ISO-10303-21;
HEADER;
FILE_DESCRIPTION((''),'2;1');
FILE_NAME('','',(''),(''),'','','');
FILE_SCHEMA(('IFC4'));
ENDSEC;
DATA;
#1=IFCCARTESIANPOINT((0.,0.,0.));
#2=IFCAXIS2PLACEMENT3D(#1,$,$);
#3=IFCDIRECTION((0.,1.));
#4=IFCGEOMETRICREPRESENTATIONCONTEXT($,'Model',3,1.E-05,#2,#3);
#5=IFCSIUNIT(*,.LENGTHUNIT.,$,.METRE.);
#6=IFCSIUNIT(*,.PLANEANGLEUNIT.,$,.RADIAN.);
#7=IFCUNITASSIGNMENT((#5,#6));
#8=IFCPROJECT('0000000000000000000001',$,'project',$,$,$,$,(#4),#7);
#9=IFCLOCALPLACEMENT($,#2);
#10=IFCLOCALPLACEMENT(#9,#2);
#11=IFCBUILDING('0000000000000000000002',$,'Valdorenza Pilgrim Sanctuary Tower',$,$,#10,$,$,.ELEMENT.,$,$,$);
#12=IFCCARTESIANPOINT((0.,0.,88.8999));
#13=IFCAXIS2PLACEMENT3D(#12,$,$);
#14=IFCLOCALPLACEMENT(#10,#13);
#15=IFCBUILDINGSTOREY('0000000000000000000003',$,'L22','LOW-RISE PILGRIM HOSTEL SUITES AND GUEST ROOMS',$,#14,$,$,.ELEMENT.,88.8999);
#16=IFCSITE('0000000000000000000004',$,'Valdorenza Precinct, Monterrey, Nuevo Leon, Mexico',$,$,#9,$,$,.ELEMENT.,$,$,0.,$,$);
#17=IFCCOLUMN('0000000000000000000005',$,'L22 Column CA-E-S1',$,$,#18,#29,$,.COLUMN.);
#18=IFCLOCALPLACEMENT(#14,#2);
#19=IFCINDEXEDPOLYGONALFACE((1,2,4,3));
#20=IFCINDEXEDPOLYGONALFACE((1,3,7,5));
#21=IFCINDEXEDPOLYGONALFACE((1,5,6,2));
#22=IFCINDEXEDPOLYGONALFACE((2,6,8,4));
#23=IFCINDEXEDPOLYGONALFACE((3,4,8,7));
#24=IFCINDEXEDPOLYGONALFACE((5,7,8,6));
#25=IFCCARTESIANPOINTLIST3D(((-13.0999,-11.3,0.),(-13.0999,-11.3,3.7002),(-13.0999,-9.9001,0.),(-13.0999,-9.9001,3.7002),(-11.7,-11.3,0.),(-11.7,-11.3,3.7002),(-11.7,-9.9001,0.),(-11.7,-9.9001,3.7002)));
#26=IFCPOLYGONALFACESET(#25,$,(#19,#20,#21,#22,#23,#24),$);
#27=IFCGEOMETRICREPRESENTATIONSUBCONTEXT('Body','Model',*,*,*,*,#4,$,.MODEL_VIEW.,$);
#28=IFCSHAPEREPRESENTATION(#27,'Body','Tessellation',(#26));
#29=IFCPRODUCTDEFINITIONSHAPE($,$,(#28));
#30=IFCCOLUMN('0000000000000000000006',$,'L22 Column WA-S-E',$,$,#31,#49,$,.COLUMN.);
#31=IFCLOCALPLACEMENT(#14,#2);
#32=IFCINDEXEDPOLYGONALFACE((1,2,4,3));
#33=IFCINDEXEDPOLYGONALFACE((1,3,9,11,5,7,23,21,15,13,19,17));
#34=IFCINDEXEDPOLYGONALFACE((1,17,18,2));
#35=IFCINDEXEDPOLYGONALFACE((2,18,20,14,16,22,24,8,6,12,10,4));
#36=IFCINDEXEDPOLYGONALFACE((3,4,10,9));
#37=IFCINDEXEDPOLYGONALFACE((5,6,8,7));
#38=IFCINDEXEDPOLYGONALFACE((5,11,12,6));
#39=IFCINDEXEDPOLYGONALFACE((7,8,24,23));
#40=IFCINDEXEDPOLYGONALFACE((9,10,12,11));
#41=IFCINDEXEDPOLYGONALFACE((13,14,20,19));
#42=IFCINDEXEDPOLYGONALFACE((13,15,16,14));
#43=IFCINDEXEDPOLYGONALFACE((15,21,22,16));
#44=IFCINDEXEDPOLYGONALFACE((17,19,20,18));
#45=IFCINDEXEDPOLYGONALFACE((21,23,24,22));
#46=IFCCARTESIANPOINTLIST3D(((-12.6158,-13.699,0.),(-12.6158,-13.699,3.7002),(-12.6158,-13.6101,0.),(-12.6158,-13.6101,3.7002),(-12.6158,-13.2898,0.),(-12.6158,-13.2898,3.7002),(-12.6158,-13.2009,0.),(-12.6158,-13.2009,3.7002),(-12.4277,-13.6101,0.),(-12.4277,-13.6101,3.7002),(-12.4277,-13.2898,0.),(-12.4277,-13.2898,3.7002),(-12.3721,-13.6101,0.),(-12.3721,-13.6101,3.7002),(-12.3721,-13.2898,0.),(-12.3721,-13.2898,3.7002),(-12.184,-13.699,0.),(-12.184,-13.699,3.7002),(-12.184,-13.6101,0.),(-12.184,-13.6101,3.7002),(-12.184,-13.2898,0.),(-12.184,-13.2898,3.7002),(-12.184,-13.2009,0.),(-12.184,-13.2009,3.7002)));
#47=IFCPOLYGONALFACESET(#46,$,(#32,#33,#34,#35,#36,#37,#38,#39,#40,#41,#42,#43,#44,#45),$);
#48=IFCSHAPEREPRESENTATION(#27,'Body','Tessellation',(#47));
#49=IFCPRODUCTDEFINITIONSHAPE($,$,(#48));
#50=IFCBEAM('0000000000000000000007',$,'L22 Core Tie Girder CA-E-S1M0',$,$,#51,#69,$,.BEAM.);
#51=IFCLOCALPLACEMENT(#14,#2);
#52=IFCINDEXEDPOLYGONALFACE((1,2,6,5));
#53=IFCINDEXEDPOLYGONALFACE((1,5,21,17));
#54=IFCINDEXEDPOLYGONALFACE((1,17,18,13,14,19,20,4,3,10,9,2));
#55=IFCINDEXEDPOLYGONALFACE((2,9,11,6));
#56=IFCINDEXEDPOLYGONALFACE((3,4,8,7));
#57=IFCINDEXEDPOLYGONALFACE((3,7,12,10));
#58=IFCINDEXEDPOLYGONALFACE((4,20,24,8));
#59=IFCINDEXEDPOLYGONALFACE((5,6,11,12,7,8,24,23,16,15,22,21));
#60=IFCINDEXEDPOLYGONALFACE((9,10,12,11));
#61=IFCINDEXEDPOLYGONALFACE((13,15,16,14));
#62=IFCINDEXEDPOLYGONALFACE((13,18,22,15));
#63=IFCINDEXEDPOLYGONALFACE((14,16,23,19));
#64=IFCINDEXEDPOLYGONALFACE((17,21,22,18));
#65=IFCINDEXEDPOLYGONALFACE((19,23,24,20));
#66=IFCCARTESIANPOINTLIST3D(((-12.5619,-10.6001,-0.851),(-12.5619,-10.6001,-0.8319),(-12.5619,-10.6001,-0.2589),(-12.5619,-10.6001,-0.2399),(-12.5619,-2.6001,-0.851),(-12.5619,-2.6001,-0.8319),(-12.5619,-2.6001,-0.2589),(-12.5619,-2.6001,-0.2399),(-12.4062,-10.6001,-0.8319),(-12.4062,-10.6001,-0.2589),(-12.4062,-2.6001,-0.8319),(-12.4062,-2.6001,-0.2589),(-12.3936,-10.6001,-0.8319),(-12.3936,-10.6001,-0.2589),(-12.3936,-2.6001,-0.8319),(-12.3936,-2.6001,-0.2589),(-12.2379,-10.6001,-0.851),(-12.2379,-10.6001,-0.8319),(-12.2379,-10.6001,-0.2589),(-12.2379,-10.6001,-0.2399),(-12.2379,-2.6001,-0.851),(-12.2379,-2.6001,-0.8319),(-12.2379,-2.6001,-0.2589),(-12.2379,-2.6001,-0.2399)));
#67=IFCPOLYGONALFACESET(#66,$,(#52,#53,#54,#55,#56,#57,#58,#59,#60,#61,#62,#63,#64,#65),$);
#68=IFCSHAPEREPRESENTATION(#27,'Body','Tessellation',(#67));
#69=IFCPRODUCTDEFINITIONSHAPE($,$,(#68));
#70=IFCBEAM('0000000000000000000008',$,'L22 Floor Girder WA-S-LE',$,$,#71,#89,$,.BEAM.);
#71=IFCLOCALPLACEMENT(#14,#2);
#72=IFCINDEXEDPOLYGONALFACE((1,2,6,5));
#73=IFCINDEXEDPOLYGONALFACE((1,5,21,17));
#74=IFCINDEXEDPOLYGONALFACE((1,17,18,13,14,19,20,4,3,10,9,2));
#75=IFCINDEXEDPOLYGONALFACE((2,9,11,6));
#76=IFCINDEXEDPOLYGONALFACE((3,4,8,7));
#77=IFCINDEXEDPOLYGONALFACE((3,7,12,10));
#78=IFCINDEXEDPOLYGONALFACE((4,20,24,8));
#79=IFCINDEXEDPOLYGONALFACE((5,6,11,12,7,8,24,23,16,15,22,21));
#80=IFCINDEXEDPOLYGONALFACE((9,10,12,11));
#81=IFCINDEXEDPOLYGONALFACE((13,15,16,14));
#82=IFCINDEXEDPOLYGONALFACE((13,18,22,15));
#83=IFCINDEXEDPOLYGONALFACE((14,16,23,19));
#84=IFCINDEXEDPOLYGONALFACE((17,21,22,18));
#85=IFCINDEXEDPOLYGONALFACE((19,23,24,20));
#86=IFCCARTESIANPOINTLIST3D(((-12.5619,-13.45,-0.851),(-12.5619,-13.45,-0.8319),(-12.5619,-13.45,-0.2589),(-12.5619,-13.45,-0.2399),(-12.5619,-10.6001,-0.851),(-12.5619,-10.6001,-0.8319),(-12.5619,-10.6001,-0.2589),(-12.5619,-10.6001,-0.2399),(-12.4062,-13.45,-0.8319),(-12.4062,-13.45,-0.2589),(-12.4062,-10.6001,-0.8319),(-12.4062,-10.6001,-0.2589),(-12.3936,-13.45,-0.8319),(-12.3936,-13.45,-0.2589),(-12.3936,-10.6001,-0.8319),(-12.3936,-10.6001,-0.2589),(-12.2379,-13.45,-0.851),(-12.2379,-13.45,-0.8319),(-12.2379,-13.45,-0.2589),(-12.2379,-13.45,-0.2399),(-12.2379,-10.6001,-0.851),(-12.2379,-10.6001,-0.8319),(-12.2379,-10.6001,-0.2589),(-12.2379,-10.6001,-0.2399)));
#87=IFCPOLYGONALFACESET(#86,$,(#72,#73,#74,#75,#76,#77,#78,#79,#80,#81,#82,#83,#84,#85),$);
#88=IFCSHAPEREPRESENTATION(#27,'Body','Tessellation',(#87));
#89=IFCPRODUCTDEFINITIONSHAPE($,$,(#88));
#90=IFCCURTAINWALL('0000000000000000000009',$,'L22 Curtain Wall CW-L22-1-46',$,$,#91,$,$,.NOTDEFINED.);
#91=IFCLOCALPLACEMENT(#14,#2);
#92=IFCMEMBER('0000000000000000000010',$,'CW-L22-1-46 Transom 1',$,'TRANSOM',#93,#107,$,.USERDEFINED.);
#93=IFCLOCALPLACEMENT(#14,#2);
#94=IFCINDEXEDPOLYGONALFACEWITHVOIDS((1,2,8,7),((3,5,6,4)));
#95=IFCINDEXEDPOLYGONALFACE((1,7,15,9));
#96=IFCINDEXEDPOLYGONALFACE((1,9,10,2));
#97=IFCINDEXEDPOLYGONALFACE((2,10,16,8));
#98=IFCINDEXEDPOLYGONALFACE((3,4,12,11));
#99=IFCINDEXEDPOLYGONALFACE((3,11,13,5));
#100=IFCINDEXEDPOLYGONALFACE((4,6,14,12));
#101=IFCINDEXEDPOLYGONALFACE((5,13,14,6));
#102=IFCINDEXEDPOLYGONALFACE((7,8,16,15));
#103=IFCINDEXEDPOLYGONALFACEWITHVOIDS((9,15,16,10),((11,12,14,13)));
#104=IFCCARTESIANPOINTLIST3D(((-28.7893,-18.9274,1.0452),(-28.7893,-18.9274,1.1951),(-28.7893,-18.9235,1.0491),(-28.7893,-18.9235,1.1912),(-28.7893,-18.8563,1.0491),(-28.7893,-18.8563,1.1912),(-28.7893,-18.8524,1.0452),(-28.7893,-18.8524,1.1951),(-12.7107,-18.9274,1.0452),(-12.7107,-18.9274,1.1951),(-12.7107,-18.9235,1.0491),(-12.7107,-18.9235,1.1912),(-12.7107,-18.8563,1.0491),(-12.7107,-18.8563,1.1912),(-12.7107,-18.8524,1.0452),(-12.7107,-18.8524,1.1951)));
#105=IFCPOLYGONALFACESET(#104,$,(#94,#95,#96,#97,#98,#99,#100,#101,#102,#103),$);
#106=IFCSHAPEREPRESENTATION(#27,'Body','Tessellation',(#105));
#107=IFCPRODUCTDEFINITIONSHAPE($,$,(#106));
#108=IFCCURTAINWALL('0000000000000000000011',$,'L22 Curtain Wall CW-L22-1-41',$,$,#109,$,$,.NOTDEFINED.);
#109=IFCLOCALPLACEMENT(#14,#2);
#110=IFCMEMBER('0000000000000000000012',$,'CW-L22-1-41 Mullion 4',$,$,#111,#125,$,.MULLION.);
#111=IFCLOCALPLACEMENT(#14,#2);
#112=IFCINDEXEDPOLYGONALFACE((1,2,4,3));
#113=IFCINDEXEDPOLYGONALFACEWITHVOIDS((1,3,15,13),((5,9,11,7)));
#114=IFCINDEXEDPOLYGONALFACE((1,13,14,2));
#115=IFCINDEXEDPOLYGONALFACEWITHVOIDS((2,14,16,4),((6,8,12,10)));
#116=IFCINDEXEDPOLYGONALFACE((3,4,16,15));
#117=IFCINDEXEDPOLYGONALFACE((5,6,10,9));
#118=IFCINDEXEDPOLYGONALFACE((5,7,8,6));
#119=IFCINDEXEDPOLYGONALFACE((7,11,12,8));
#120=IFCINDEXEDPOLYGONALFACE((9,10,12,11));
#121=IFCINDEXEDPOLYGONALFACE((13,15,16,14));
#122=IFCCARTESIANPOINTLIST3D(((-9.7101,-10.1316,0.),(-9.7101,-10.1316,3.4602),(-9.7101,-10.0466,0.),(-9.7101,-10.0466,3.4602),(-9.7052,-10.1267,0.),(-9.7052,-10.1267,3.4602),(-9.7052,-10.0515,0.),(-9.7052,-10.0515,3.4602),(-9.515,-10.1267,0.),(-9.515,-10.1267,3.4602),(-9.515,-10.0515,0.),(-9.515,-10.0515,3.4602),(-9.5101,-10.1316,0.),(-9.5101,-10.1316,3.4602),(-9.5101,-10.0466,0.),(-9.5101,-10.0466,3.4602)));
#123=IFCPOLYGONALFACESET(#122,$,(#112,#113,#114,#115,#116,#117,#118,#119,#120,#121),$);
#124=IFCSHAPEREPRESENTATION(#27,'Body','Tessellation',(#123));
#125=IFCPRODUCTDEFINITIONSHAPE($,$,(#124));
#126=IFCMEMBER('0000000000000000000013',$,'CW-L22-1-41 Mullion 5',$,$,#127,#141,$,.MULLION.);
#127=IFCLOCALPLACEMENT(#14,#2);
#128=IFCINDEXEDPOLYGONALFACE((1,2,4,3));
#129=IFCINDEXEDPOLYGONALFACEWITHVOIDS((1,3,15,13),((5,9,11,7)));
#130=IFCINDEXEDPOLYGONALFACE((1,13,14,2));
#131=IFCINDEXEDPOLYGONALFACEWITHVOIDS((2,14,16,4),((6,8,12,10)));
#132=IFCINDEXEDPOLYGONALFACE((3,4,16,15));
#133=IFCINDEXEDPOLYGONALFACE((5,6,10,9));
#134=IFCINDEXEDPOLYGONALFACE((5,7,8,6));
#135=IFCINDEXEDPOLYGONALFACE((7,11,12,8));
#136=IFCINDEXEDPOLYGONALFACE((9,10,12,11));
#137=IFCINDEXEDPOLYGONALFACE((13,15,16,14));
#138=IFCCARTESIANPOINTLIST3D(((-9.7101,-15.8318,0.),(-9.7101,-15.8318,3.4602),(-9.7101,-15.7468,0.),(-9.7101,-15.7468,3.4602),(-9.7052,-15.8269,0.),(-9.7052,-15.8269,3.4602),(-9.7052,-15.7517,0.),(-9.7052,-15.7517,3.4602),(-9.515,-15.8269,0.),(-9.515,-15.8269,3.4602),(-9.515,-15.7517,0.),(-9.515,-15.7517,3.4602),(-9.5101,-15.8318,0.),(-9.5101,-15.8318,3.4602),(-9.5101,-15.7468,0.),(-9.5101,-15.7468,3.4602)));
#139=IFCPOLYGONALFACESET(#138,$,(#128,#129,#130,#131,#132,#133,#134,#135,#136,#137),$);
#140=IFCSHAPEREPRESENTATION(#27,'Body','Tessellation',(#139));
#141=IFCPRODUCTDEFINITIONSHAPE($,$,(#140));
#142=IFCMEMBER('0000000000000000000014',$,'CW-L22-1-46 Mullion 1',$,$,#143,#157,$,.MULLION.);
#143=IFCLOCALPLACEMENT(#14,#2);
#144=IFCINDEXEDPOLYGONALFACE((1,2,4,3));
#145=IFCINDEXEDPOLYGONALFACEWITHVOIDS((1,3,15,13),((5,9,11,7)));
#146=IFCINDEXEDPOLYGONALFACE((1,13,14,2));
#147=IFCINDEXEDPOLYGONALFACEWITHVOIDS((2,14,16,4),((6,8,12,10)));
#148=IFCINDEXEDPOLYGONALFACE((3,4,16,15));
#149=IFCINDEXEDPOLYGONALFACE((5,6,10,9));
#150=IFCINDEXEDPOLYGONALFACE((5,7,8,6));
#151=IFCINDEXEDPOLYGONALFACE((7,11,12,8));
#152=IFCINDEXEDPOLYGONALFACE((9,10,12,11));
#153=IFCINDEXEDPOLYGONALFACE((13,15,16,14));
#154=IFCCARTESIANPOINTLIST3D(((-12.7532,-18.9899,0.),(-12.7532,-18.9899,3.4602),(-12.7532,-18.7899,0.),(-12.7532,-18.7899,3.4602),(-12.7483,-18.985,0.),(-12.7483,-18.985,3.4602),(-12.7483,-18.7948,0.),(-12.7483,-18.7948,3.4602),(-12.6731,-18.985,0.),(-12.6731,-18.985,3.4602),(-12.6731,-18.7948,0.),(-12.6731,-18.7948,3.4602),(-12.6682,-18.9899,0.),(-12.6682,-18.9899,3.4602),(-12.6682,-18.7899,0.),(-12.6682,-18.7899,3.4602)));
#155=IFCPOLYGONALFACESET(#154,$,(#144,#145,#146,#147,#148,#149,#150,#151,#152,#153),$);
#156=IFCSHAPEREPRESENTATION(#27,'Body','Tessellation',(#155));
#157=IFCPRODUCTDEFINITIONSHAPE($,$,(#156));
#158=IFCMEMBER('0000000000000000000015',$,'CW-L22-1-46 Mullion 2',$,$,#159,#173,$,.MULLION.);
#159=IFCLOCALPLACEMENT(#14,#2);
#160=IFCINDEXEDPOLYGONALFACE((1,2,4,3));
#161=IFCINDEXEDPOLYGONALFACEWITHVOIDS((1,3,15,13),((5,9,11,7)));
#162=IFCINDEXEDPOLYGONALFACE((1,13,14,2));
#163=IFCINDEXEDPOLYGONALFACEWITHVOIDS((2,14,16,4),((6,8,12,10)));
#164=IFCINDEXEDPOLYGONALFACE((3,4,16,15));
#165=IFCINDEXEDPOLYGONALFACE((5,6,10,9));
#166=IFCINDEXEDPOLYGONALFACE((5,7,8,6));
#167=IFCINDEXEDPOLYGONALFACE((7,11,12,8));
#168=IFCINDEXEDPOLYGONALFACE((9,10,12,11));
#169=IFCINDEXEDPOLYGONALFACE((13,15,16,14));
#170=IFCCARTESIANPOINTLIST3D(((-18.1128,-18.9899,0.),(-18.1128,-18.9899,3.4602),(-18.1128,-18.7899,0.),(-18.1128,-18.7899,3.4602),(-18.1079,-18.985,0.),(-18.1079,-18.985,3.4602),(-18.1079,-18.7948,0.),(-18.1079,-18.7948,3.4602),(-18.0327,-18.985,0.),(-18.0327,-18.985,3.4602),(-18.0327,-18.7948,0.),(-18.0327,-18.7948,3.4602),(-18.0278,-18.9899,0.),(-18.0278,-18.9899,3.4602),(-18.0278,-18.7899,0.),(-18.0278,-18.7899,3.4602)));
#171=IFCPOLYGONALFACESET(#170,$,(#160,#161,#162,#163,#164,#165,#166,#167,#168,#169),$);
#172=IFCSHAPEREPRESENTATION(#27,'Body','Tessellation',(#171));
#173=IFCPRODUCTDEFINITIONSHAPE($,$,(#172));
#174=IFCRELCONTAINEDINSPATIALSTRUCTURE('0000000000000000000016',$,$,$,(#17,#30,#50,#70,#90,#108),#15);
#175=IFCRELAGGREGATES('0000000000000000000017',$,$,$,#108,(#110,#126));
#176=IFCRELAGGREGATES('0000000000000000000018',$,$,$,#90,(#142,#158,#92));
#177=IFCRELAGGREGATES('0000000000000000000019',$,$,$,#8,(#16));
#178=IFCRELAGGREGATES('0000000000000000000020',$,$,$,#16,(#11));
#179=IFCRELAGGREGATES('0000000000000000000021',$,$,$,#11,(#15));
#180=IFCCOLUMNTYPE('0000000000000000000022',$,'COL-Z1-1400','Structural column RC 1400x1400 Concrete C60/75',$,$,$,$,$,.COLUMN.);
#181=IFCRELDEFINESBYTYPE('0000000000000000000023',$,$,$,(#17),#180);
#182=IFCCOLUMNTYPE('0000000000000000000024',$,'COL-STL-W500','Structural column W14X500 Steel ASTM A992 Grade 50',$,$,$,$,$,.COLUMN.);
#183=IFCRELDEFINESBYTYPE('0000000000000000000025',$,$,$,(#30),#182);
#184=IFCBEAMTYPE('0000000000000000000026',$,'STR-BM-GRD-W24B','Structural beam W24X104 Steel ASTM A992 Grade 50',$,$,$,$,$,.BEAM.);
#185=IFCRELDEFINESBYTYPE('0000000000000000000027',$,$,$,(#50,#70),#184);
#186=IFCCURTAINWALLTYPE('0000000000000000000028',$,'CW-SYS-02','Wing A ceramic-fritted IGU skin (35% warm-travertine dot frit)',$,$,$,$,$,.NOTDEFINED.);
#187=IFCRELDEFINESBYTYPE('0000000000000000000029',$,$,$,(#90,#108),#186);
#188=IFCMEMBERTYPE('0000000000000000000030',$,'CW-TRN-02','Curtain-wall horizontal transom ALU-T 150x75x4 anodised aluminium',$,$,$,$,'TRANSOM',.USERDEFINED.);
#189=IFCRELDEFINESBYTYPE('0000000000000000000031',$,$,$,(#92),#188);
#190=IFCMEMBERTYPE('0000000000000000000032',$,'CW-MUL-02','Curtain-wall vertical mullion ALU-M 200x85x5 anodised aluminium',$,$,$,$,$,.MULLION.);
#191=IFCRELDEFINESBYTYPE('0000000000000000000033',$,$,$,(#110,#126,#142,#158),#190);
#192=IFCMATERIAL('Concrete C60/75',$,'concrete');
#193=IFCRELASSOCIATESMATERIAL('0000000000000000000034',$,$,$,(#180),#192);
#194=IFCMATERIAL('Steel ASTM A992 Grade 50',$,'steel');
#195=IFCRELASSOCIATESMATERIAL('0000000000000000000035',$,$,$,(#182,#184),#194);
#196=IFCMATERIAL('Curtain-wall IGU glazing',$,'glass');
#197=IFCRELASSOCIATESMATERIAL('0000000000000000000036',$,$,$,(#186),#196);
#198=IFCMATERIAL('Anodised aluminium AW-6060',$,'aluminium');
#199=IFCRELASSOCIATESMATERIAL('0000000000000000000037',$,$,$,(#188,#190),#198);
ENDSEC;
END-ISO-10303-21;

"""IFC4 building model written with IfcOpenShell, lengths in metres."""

from ifc_helpers import new_model, si_unit, direction, frame, origin, origin_2d, place, context, subcontext, project, spatial, rectangle, hollow_rectangle, i_section, extrude, source, transform, mapped, material, material_profile, profile_set, type_object, element, aggregate, save


model = new_model("IFC4")

# Units and contexts
model_context = context("Model", 3, precision=1e-05, world=origin(), true_north=direction((0.0, 1.0)))
body_context = subcontext(model_context, "Body", "Model", "MODEL_VIEW")
ifc_project = project(units=[si_unit("LENGTHUNIT", "METRE"), si_unit("PLANEANGLEUNIT", "RADIAN")], contexts=[model_context])

# Site, building, storey
site_placement = place(None, origin())
site = spatial("IfcSite", under=ifc_project, at=site_placement, Name="Valdorenza Precinct, Monterrey, Nuevo Leon, Mexico", CompositionType="ELEMENT", RefElevation=0.0)
building_placement = place(site_placement, origin())
building = spatial("IfcBuilding", under=site, at=building_placement, Name="Valdorenza Pilgrim Sanctuary Tower", CompositionType="ELEMENT")
storey_placement = place(building_placement, frame((0.0, 0.0, 88.8999)))
storey = spatial("IfcBuildingStorey", under=building, at=storey_placement, Name="L22", Description="LOW-RISE PILGRIM HOSTEL SUITES AND GUEST ROOMS", CompositionType="ELEMENT", Elevation=88.8999)

# Columns
ifc_material_1 = material(Name="Concrete C60/75", Category="concrete")
ifc_material_profile_1 = material_profile(ifc_material_1, rectangle(XDim=1.3999, YDim=1.3999, at=origin_2d()), Name="RC 1400x1400")
ifc_profile_set_1 = profile_set([ifc_material_profile_1], Name="Concrete C60/75")
column_type_1 = type_object("IfcColumnType", Name="COL-Z1-1400", Description="Structural column RC 1400x1400 Concrete C60/75", PredefinedType="COLUMN", material=ifc_profile_set_1)
shared_shape_1 = source(origin(), body_context, "Body", "SweptSolid", [
    extrude(rectangle(XDim=1.3999, YDim=1.3999, at=origin_2d()), origin(), (0.0, 0.0, 1.0), 3.7002),
])
column_1_placement = place(storey_placement, frame((-12.3999, -10.6001, 0.0), z_axis=(0.0, 0.0, 1.0), x_axis=(1.0, 0.0, 0.0)))
element("IfcColumn", 1, at=column_1_placement, inside=storey, type_object=column_type_1, Name="L22 Column CA-E-S1", PredefinedType="COLUMN", context=body_context, shape_type="MappedRepresentation", body=[
    mapped(shared_shape_1, transform((0.0, 0.0, 0.0), x_axis=(1.0, 0.0, 0.0), y_axis=(0.0, 1.0, 0.0), z_axis=(0.0, 0.0, 1.0), scale=1.0)),
])
ifc_material_2 = material(Name="Steel ASTM A992 Grade 50", Category="steel")
ifc_material_profile_2 = material_profile(ifc_material_2, i_section(OverallWidth=0.4319, OverallDepth=0.498, WebThickness=0.0557, FlangeThickness=0.0889, at=origin_2d()), Name="W14X500")
ifc_profile_set_2 = profile_set([ifc_material_profile_2], Name="Steel ASTM A992 Grade 50")
column_type_2 = type_object("IfcColumnType", Name="COL-STL-W500", Description="Structural column W14X500 Steel ASTM A992 Grade 50", PredefinedType="COLUMN", material=ifc_profile_set_2)
shared_shape_2 = source(origin(), body_context, "Body", "SweptSolid", [
    extrude(i_section(OverallWidth=0.4319, OverallDepth=0.498, WebThickness=0.0557, FlangeThickness=0.0889, at=origin_2d()), origin(), (0.0, 0.0, 1.0), 3.7002),
])
column_2_placement = place(storey_placement, frame((-12.3999, -13.45, 0.0), z_axis=(0.0, 0.0, 1.0), x_axis=(1.0, 0.0, 0.0)))
element("IfcColumn", 2, at=column_2_placement, inside=storey, type_object=column_type_2, Name="L22 Column WA-S-E", PredefinedType="COLUMN", context=body_context, shape_type="MappedRepresentation", body=[
    mapped(shared_shape_2, transform((0.0, 0.0, 0.0), x_axis=(1.0, 0.0, 0.0), y_axis=(0.0, 1.0, 0.0), z_axis=(0.0, 0.0, 1.0), scale=1.0)),
])

# Beams
ifc_material_profile_3 = material_profile(ifc_material_2, i_section(OverallWidth=0.324, OverallDepth=0.6111, WebThickness=0.0127, FlangeThickness=0.019, at=origin_2d()), Name="W24X104")
ifc_profile_set_3 = profile_set([ifc_material_profile_3], Name="Steel ASTM A992 Grade 50")
beam_type = type_object("IfcBeamType", Name="STR-BM-GRD-W24B", Description="Structural beam W24X104 Steel ASTM A992 Grade 50", PredefinedType="BEAM", material=ifc_profile_set_3)
shared_shape_3 = source(origin(), body_context, "Body", "SweptSolid", [
    extrude(i_section(OverallWidth=0.324, OverallDepth=0.6111, WebThickness=0.0127, FlangeThickness=0.019, at=origin_2d()), origin(), (0.0, 0.0, 1.0), 8.0),
])
beam_1_placement = place(storey_placement, frame((-12.3999, -10.6001, -0.5454), z_axis=(0.0, 1.0, 0.0), x_axis=(-1.0, 0.0, 0.0)))
element("IfcBeam", 3, at=beam_1_placement, inside=storey, type_object=beam_type, Name="L22 Core Tie Girder CA-E-S1M0", PredefinedType="BEAM", context=body_context, shape_type="MappedRepresentation", body=[
    mapped(shared_shape_3, transform((0.0, 0.0, 0.0), x_axis=(1.0, 0.0, 0.0), y_axis=(0.0, 1.0, 0.0), z_axis=(0.0, 0.0, 1.0), scale=1.0)),
])
shared_shape_4 = source(origin(), body_context, "Body", "SweptSolid", [
    extrude(i_section(OverallWidth=0.324, OverallDepth=0.6111, WebThickness=0.0127, FlangeThickness=0.019, at=origin_2d()), origin(), (0.0, 0.0, 1.0), 2.8499),
])
beam_2_placement = place(storey_placement, frame((-12.3999, -13.45, -0.5454), z_axis=(0.0, 1.0, 0.0), x_axis=(-1.0, 0.0, 0.0)))
element("IfcBeam", 4, at=beam_2_placement, inside=storey, type_object=beam_type, Name="L22 Floor Girder WA-S-LE", PredefinedType="BEAM", context=body_context, shape_type="MappedRepresentation", body=[
    mapped(shared_shape_4, transform((0.0, 0.0, 0.0), x_axis=(1.0, 0.0, 0.0), y_axis=(0.0, 1.0, 0.0), z_axis=(0.0, 0.0, 1.0), scale=1.0)),
])

# Curtain wall, member
ifc_material_3 = material(Name="Curtain-wall IGU glazing", Category="glass")
curtain_wall_type = type_object("IfcCurtainWallType", Name="CW-SYS-02", Description="Wing A ceramic-fritted IGU skin (35% warm-travertine dot frit)", PredefinedType="NOTDEFINED", material=ifc_material_3)
curtain_wall_1_placement = place(storey_placement, origin())
curtain_wall_1 = element("IfcCurtainWall", 5, at=curtain_wall_1_placement, inside=storey, type_object=curtain_wall_type, Name="L22 Curtain Wall CW-L22-1-46", PredefinedType="NOTDEFINED")
ifc_material_4 = material(Name="Anodised aluminium AW-6060", Category="aluminium")
ifc_material_profile_4 = material_profile(ifc_material_4, hollow_rectangle(XDim=0.075, YDim=0.1499, WallThickness=0.0039, at=origin_2d()), Name="ALU-T 150x75x4")
ifc_profile_set_4 = profile_set([ifc_material_profile_4], Name="Anodised aluminium AW-6060")
member_type_1 = type_object("IfcMemberType", Name="CW-TRN-02", Description="Curtain-wall horizontal transom ALU-T 150x75x4 anodised aluminium", ElementType="TRANSOM", PredefinedType="USERDEFINED", material=ifc_profile_set_4)
shared_shape_5 = source(origin(), body_context, "Body", "SweptSolid", [
    extrude(hollow_rectangle(XDim=0.075, YDim=0.1499, WallThickness=0.0039, at=origin_2d()), origin(), (0.0, 0.0, 1.0), 16.0786),
])
member_1_placement = place(storey_placement, frame((-12.7107, -18.8899, 1.1201), z_axis=(-1.0, 0.0, 0.0), x_axis=(0.0, -1.0, 0.0)))
member_1 = element("IfcMember", 6, at=member_1_placement, type_object=member_type_1, Name="CW-L22-1-46 Transom 1", ObjectType="TRANSOM", PredefinedType="USERDEFINED", context=body_context, shape_type="MappedRepresentation", body=[
    mapped(shared_shape_5, transform((0.0, 0.0, 0.0), x_axis=(1.0, 0.0, 0.0), y_axis=(0.0, 1.0, 0.0), z_axis=(0.0, 0.0, 1.0), scale=1.0)),
])

# Curtain wall, members
curtain_wall_2_placement = place(storey_placement, origin())
curtain_wall_2 = element("IfcCurtainWall", 7, at=curtain_wall_2_placement, inside=storey, type_object=curtain_wall_type, Name="L22 Curtain Wall CW-L22-1-41", PredefinedType="NOTDEFINED")
ifc_material_profile_5 = material_profile(ifc_material_4, hollow_rectangle(XDim=0.085, YDim=0.2, WallThickness=0.0049, at=origin_2d()), Name="ALU-M 200x85x5")
ifc_profile_set_5 = profile_set([ifc_material_profile_5], Name="Anodised aluminium AW-6060")
member_type_2 = type_object("IfcMemberType", Name="CW-MUL-02", Description="Curtain-wall vertical mullion ALU-M 200x85x5 anodised aluminium", PredefinedType="MULLION", material=ifc_profile_set_5)
shared_shape_6 = source(origin(), body_context, "Body", "SweptSolid", [
    extrude(hollow_rectangle(XDim=0.085, YDim=0.2, WallThickness=0.0049, at=origin_2d()), origin(), (0.0, 0.0, 1.0), 3.4602),
])
member_2_placement = place(storey_placement, frame((-9.6101, -10.0891, 0.0), z_axis=(0.0, 0.0, 1.0), x_axis=(0.0, -1.0, 0.0)))
member_2 = element("IfcMember", 8, at=member_2_placement, type_object=member_type_2, Name="CW-L22-1-41 Mullion 4", PredefinedType="MULLION", context=body_context, shape_type="MappedRepresentation", body=[
    mapped(shared_shape_6, transform((0.0, 0.0, 0.0), x_axis=(1.0, 0.0, 0.0), y_axis=(0.0, 1.0, 0.0), z_axis=(0.0, 0.0, 1.0), scale=1.0)),
])
member_3_placement = place(storey_placement, frame((-9.6101, -15.7893, 0.0), z_axis=(0.0, 0.0, 1.0), x_axis=(0.0, -1.0, 0.0)))
member_3 = element("IfcMember", 9, at=member_3_placement, type_object=member_type_2, Name="CW-L22-1-41 Mullion 5", PredefinedType="MULLION", context=body_context, shape_type="MappedRepresentation", body=[
    mapped(shared_shape_6, transform((0.0, 0.0, 0.0), x_axis=(1.0, 0.0, 0.0), y_axis=(0.0, 1.0, 0.0), z_axis=(0.0, 0.0, 1.0), scale=1.0)),
])

# Members
member_4_placement = place(storey_placement, frame((-12.7107, -18.8899, 0.0), z_axis=(0.0, 0.0, 1.0), x_axis=(-1.0, 0.0, 0.0)))
member_4 = element("IfcMember", 10, at=member_4_placement, type_object=member_type_2, Name="CW-L22-1-46 Mullion 1", PredefinedType="MULLION", context=body_context, shape_type="MappedRepresentation", body=[
    mapped(shared_shape_6, transform((0.0, 0.0, 0.0), x_axis=(1.0, 0.0, 0.0), y_axis=(0.0, 1.0, 0.0), z_axis=(0.0, 0.0, 1.0), scale=1.0)),
])
member_5_placement = place(storey_placement, frame((-18.0703, -18.8899, 0.0), z_axis=(0.0, 0.0, 1.0), x_axis=(-1.0, 0.0, 0.0)))
member_5 = element("IfcMember", 11, at=member_5_placement, type_object=member_type_2, Name="CW-L22-1-46 Mullion 2", PredefinedType="MULLION", context=body_context, shape_type="MappedRepresentation", body=[
    mapped(shared_shape_6, transform((0.0, 0.0, 0.0), x_axis=(1.0, 0.0, 0.0), y_axis=(0.0, 1.0, 0.0), z_axis=(0.0, 0.0, 1.0), scale=1.0)),
])

aggregate(curtain_wall_2, [member_2, member_3])
aggregate(curtain_wall_1, [member_4, member_5, member_1])

save(model, "model.ifc")
